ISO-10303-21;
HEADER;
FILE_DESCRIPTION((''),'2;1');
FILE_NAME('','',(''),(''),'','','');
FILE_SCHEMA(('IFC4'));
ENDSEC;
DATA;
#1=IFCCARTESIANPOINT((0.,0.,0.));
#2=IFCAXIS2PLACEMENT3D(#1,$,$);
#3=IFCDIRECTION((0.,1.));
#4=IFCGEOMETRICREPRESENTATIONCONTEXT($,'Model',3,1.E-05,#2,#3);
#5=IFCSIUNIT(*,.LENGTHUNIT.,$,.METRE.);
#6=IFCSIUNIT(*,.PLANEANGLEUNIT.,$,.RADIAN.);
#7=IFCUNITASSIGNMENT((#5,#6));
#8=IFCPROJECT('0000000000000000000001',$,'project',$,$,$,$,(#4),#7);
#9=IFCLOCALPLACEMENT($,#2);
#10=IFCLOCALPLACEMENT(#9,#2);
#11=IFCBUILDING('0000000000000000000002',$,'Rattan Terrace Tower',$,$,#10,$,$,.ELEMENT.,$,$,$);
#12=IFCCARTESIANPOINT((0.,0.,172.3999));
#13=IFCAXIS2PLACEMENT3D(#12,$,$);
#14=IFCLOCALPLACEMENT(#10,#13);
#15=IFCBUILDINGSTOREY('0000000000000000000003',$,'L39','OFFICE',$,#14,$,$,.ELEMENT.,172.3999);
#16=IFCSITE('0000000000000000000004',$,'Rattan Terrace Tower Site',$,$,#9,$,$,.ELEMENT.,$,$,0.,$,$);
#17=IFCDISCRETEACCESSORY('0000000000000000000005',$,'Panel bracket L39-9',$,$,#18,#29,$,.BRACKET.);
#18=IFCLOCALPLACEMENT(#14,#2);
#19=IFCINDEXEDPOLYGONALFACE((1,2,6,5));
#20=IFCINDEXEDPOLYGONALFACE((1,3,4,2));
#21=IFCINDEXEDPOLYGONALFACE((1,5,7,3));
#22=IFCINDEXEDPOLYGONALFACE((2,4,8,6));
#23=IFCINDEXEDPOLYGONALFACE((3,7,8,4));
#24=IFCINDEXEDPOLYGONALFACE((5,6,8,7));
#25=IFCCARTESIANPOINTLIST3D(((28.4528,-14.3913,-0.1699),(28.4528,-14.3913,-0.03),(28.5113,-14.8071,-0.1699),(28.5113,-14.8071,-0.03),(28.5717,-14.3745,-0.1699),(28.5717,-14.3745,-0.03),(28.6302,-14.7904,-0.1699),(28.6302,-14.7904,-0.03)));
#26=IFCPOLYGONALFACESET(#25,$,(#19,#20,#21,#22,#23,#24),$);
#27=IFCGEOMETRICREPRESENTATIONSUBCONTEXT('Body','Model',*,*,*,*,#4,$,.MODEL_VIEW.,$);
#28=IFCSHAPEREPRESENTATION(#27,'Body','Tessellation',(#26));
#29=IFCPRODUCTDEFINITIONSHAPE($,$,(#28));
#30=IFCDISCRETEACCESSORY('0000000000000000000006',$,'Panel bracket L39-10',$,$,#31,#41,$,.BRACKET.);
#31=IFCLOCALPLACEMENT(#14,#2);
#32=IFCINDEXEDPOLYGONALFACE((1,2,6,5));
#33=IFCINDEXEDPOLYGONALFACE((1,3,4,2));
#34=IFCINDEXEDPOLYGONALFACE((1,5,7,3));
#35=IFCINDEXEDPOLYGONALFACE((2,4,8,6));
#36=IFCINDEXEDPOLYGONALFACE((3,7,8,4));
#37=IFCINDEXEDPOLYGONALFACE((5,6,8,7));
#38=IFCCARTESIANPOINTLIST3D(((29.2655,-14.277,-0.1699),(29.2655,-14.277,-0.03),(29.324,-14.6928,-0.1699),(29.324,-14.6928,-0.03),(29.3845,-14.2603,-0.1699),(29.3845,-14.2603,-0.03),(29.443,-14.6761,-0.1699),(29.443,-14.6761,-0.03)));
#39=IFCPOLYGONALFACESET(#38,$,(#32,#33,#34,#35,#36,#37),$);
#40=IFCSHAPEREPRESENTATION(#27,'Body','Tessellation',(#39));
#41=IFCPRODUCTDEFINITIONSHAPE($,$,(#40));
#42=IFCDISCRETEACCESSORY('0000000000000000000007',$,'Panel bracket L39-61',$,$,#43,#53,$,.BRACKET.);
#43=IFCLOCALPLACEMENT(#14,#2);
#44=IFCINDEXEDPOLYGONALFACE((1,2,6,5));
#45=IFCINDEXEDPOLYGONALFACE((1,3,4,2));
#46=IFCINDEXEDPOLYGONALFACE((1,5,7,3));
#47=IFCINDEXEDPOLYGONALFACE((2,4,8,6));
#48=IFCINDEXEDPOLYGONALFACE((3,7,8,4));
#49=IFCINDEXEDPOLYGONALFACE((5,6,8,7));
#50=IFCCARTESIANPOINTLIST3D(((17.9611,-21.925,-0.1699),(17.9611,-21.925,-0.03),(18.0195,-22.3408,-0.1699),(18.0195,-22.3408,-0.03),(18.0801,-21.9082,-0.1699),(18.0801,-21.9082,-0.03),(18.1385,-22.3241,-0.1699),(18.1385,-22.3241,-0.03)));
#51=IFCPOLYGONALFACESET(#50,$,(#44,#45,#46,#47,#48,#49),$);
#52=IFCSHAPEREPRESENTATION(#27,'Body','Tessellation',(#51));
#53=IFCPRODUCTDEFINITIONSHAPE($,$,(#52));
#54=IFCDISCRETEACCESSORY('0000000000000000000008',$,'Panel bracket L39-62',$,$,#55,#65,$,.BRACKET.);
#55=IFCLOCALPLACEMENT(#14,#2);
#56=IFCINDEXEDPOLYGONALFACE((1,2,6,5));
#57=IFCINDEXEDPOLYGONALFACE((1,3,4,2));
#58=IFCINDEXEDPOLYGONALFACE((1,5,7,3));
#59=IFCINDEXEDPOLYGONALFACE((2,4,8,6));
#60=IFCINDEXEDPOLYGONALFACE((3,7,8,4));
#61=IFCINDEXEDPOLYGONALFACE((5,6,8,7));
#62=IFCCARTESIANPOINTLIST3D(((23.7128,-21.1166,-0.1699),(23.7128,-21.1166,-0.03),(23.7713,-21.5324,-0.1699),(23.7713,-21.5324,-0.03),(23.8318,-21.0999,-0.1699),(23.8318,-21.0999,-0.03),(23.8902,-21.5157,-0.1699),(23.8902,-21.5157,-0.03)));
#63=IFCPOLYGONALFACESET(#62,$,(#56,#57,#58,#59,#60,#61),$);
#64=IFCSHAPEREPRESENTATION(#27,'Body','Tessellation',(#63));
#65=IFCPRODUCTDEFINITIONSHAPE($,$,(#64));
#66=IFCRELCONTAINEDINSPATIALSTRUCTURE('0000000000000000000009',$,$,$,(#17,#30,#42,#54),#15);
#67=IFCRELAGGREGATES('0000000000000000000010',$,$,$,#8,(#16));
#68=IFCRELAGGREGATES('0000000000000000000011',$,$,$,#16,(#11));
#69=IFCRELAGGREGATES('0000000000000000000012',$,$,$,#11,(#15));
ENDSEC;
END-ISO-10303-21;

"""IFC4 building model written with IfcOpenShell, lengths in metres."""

from ifc_helpers import new_model, si_unit, direction, frame, origin, origin_2d, place, context, subcontext, project, spatial, rectangle, extrude, element, save


model = new_model("IFC4")

# Units and contexts
model_context = context("Model", 3, precision=1e-05, world=origin(), true_north=direction((0.0, 1.0)))
body_context = subcontext(model_context, "Body", "Model", "MODEL_VIEW")
ifc_project = project(units=[si_unit("LENGTHUNIT", "METRE"), si_unit("PLANEANGLEUNIT", "RADIAN")], contexts=[model_context])

# Site, building, storey
site_placement = place(None, origin())
site = spatial("IfcSite", under=ifc_project, at=site_placement, Name="Rattan Terrace Tower Site", CompositionType="ELEMENT", RefElevation=0.0)
building_placement = place(site_placement, origin())
building = spatial("IfcBuilding", under=site, at=building_placement, Name="Rattan Terrace Tower", CompositionType="ELEMENT")
storey_placement = place(building_placement, frame((0.0, 0.0, 172.3999)))
storey = spatial("IfcBuildingStorey", under=building, at=storey_placement, Name="L39", Description="OFFICE", CompositionType="ELEMENT", Elevation=172.3999)

# Discrete accessories
for number, where, z_axis, x_axis, name in (
    (1, (28.5415, -14.5908, -0.1699), (0.0, 0.0, 1.0), (0.990254, 0.139275, 0.0), "Panel bracket L39-9"),
    (2, (29.3542, -14.4766, -0.1699), (0.0, 0.0, 1.0), (0.990254, 0.139275, 0.0), "Panel bracket L39-10"),
    (3, (18.0498, -22.1245, -0.1699), (0.0, 0.0, 1.0), (0.99027, 0.139161, 0.0), "Panel bracket L39-61"),
    (4, (23.8015, -21.3162, -0.1699), (0.0, 0.0, 1.0), (0.99027, 0.139161, 0.0), "Panel bracket L39-62"),
):
    element("IfcDiscreteAccessory", number, at=place(storey_placement, frame(where, z_axis=z_axis, x_axis=x_axis)), inside=storey, Name=name, PredefinedType="BRACKET", context=body_context, shape_type="SweptSolid", body=[
        extrude(rectangle(XDim=0.1201, YDim=0.4199, at=origin_2d()), origin(), (0.0, 0.0, 1.0), 0.1399),
    ])

save(model, "model.ifc")
